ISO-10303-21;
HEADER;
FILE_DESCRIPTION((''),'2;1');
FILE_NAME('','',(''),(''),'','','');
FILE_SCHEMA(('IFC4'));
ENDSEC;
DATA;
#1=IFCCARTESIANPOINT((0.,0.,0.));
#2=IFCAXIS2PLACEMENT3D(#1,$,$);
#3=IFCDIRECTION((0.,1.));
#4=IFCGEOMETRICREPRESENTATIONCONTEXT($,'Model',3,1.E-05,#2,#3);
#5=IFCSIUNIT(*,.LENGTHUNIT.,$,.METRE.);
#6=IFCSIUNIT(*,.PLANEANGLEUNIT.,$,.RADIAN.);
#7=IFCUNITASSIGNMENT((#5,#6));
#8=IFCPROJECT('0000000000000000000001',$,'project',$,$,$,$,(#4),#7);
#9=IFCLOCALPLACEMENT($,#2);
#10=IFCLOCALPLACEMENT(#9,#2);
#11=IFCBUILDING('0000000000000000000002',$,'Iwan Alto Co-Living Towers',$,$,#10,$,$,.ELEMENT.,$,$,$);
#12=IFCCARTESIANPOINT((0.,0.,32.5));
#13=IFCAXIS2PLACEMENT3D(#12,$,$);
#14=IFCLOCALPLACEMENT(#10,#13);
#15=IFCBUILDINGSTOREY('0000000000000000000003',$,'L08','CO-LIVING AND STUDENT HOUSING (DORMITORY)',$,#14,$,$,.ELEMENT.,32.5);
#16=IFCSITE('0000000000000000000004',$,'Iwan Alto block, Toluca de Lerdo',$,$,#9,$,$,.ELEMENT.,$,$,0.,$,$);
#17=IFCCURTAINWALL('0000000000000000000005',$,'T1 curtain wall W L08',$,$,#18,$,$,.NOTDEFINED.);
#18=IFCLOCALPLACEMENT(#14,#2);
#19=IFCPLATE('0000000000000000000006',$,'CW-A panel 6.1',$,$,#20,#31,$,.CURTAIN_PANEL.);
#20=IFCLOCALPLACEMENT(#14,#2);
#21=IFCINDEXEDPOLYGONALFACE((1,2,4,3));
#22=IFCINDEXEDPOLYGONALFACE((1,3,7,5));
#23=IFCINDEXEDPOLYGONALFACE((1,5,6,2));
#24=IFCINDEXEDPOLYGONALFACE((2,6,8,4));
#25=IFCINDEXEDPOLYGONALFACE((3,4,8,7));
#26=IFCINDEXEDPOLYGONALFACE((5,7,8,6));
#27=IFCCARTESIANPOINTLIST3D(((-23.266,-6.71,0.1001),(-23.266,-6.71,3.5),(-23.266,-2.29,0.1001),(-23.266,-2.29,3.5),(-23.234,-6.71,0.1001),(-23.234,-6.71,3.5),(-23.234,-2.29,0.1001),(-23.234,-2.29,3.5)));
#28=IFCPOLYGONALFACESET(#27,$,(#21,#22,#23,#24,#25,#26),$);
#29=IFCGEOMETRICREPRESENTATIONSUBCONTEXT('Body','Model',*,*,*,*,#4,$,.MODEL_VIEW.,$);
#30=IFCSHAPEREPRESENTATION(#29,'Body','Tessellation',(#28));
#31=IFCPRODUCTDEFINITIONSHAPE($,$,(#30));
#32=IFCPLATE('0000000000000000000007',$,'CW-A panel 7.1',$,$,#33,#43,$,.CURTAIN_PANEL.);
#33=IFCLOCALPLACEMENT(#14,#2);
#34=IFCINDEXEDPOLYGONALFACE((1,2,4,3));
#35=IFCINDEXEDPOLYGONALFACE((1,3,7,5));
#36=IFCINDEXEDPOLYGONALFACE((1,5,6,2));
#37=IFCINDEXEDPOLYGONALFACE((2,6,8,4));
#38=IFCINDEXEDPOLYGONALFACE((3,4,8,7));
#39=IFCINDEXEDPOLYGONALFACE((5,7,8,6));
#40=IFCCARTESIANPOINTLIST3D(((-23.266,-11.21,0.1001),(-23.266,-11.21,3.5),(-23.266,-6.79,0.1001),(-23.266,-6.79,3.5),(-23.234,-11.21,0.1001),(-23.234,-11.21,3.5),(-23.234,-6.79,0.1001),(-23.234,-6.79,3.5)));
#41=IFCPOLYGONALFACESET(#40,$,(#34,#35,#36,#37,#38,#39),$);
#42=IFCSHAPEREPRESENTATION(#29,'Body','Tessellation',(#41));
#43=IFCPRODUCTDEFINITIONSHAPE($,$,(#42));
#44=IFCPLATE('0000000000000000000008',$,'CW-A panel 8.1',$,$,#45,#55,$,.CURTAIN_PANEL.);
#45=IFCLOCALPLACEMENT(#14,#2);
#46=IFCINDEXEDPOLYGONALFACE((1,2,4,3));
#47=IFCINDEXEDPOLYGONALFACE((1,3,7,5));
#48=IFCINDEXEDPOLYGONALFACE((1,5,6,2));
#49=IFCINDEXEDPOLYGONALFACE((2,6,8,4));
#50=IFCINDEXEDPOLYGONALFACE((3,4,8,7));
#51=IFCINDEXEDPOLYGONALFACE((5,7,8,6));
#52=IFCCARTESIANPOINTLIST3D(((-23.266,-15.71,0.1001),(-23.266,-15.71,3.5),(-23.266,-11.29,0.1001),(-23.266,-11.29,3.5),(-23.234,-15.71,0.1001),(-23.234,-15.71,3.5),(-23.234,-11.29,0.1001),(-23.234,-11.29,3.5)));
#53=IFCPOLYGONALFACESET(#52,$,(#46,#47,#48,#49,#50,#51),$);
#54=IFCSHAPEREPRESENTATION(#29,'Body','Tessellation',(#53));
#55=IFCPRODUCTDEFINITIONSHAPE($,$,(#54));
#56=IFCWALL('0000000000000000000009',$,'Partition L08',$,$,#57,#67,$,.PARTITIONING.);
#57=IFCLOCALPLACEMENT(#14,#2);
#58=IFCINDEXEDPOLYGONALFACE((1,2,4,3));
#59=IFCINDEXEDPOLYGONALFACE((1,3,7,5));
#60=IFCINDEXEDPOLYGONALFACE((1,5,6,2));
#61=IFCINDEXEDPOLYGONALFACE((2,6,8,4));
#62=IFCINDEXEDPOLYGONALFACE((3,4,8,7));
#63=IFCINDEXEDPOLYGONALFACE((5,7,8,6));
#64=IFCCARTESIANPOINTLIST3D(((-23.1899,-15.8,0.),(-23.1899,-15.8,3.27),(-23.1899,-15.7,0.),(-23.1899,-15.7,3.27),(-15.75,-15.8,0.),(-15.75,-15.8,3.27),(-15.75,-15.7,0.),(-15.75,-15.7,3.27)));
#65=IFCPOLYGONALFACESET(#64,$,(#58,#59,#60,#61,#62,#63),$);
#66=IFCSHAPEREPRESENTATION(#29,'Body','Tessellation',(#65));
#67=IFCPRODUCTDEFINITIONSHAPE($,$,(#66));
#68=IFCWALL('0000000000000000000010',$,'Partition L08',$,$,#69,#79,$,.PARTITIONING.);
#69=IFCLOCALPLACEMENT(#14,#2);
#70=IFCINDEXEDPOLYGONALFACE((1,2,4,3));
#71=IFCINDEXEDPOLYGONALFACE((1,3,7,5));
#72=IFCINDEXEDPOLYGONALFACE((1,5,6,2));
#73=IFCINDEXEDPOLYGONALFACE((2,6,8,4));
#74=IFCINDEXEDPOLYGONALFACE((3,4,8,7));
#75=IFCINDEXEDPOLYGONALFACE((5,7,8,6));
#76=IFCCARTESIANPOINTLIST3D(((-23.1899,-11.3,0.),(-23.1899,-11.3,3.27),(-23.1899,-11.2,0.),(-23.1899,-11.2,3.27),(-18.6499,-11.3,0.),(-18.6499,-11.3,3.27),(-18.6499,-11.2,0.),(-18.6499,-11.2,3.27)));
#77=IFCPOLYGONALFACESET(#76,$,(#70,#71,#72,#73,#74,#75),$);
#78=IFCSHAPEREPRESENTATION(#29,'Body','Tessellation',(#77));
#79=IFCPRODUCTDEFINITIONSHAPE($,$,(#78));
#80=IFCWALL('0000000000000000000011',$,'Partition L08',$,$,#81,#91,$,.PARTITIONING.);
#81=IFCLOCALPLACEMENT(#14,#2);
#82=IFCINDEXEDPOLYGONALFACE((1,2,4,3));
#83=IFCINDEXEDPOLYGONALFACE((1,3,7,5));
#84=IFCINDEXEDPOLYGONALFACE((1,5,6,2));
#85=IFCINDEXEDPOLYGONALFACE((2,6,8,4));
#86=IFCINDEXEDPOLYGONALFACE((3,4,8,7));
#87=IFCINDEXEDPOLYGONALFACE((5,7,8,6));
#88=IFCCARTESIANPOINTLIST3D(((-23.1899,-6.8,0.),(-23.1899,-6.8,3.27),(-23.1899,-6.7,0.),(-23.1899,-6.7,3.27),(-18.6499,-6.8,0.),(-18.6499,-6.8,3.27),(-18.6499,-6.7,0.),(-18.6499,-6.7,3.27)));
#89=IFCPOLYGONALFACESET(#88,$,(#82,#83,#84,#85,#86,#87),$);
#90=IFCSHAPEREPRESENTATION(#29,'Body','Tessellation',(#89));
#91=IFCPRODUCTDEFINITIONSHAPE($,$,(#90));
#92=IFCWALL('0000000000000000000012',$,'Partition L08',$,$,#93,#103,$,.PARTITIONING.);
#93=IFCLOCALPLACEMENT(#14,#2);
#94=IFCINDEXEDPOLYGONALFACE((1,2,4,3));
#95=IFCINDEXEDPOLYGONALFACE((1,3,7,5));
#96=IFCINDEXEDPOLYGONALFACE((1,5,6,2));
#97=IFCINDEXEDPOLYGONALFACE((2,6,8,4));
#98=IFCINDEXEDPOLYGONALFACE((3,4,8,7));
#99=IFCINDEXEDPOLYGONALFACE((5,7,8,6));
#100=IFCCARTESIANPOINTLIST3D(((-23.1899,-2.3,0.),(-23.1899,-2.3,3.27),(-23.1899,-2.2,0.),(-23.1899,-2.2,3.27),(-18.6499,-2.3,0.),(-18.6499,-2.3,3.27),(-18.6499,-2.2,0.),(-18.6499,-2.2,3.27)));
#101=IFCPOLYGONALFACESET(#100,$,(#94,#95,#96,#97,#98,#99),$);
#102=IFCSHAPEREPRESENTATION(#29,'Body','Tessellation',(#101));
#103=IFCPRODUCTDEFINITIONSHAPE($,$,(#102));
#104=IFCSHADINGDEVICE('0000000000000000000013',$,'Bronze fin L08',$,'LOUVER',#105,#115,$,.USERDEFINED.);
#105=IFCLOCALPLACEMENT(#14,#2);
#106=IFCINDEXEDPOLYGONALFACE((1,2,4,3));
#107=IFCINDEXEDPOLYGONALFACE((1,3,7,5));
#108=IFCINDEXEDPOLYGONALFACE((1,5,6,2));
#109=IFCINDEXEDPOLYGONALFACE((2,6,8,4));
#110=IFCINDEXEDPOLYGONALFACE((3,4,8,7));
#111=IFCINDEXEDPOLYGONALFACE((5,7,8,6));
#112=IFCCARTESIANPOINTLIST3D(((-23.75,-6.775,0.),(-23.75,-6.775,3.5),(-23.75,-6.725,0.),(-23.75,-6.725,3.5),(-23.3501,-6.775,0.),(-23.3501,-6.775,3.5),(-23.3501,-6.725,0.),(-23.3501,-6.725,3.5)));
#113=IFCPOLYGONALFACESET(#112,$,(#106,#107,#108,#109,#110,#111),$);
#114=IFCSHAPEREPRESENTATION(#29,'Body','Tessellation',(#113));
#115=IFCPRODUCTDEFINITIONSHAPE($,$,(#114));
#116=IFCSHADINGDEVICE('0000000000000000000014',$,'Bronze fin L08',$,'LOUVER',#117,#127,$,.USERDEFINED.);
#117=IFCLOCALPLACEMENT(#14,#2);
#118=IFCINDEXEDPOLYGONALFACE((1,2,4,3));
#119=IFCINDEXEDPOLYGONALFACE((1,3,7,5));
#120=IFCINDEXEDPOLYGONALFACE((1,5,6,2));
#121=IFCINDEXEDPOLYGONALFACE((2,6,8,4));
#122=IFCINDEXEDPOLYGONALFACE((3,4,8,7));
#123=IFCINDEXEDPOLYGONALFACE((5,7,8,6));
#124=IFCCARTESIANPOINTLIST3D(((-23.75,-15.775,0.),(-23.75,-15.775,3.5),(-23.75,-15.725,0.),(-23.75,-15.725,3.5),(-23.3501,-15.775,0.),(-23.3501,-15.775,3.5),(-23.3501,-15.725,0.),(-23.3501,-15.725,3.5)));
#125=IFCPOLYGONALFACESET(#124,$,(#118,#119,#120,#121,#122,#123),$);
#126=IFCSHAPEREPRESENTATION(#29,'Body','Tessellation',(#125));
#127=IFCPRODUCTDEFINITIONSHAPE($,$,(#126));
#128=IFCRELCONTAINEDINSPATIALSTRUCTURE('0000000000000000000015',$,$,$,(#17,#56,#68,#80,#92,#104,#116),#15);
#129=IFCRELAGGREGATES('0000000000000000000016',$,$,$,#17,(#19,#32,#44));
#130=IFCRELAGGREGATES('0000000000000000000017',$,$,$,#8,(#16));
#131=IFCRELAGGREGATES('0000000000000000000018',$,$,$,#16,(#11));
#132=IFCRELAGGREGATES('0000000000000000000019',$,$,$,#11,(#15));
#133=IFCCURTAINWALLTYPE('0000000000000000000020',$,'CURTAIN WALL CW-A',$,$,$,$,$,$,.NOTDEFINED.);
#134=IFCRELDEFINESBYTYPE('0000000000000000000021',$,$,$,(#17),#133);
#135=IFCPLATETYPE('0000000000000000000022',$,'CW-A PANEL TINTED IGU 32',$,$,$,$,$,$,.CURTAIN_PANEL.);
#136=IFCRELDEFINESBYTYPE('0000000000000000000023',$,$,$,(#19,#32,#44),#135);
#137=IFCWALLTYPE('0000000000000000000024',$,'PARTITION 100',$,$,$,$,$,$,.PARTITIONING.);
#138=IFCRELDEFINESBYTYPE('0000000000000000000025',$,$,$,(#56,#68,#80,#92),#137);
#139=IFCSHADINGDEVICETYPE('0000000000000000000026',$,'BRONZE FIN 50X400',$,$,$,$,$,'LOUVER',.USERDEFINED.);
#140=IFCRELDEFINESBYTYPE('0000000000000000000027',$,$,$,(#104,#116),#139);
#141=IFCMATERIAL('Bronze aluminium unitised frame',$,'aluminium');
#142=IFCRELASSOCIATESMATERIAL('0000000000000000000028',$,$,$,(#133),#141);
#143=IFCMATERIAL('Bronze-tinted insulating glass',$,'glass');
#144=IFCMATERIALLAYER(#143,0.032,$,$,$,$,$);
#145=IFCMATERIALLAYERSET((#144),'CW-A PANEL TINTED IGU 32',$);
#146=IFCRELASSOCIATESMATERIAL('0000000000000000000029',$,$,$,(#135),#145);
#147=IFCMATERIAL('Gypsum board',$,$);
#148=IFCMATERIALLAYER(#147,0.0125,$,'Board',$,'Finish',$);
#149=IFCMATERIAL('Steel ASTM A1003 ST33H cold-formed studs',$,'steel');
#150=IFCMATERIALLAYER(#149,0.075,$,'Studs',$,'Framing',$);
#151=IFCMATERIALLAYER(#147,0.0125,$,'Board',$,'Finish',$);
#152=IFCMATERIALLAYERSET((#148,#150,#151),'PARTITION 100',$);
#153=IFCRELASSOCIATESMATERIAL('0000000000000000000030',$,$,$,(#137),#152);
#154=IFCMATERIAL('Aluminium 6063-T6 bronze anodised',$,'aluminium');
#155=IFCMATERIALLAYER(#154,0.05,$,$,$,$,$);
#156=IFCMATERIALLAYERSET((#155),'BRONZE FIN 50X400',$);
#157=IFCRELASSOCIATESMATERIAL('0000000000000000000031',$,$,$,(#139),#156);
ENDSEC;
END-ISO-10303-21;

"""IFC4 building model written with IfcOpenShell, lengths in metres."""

from ifc_helpers import new_model, si_unit, direction, frame, frame_2d, origin, origin_2d, place, context, subcontext, project, spatial, rectangle, extrude, material, layer, layer_set, type_object, element, aggregate, save


model = new_model("IFC4")

# Units and contexts
model_context = context("Model", 3, precision=1e-05, world=origin(), true_north=direction((0.0, 1.0)))
body_context = subcontext(model_context, "Body", "Model", "MODEL_VIEW")
ifc_project = project(units=[si_unit("LENGTHUNIT", "METRE"), si_unit("PLANEANGLEUNIT", "RADIAN")], contexts=[model_context])

# Site, building, storey
site_placement = place(None, origin())
site = spatial("IfcSite", under=ifc_project, at=site_placement, Name="Iwan Alto block, Toluca de Lerdo", CompositionType="ELEMENT", RefElevation=0.0)
building_placement = place(site_placement, origin())
building = spatial("IfcBuilding", under=site, at=building_placement, Name="Iwan Alto Co-Living Towers", CompositionType="ELEMENT")
storey_placement = place(building_placement, frame((0.0, 0.0, 32.5)))
storey = spatial("IfcBuildingStorey", under=building, at=storey_placement, Name="L08", Description="CO-LIVING AND STUDENT HOUSING (DORMITORY)", CompositionType="ELEMENT", Elevation=32.5)

# Curtain wall
ifc_material_1 = material(Name="Bronze aluminium unitised frame", Category="aluminium")
curtain_wall_type = type_object("IfcCurtainWallType", Name="CURTAIN WALL CW-A", PredefinedType="NOTDEFINED", material=ifc_material_1)
curtain_wall_placement = place(storey_placement, origin())
curtain_wall = element("IfcCurtainWall", 1, at=curtain_wall_placement, inside=storey, type_object=curtain_wall_type, Name="T1 curtain wall W L08", PredefinedType="NOTDEFINED")

# Plates
ifc_material_2 = material(Name="Bronze-tinted insulating glass", Category="glass")
ifc_layer_1 = layer(ifc_material_2, 0.032)
ifc_layer_set_1 = layer_set([ifc_layer_1], Name="CW-A PANEL TINTED IGU 32")
plate_type = type_object("IfcPlateType", Name="CW-A PANEL TINTED IGU 32", PredefinedType="CURTAIN_PANEL", material=ifc_layer_set_1)
plate_1_placement = place(storey_placement, frame((-23.25, -4.5, 0.1001), z_axis=(0.0, 0.0, 1.0), x_axis=(0.0, -1.0, 0.0)))
plate_1 = element("IfcPlate", 2, at=plate_1_placement, type_object=plate_type, Name="CW-A panel 6.1", PredefinedType="CURTAIN_PANEL", context=body_context, shape_type="SweptSolid", body=[
    extrude(rectangle(XDim=4.4199, YDim=0.032, at=origin_2d()), origin(), (0.0, 0.0, 1.0), 3.3999),
])
plate_2_placement = place(storey_placement, frame((-23.25, -9.0, 0.1001), z_axis=(0.0, 0.0, 1.0), x_axis=(0.0, -1.0, 0.0)))
plate_2 = element("IfcPlate", 3, at=plate_2_placement, type_object=plate_type, Name="CW-A panel 7.1", PredefinedType="CURTAIN_PANEL", context=body_context, shape_type="SweptSolid", body=[
    extrude(rectangle(XDim=4.4199, YDim=0.032, at=origin_2d()), origin(), (0.0, 0.0, 1.0), 3.3999),
])
plate_3_placement = place(storey_placement, frame((-23.25, -13.5, 0.1001), z_axis=(0.0, 0.0, 1.0), x_axis=(0.0, -1.0, 0.0)))
plate_3 = element("IfcPlate", 4, at=plate_3_placement, type_object=plate_type, Name="CW-A panel 8.1", PredefinedType="CURTAIN_PANEL", context=body_context, shape_type="SweptSolid", body=[
    extrude(rectangle(XDim=4.4199, YDim=0.032, at=origin_2d()), origin(), (0.0, 0.0, 1.0), 3.3999),
])
aggregate(curtain_wall, [plate_1, plate_2, plate_3])

# Walls
ifc_material_3 = material(Name="Gypsum board")
ifc_layer_2 = layer(ifc_material_3, 0.0125, Name="Board", Category="Finish")
ifc_material_4 = material(Name="Steel ASTM A1003 ST33H cold-formed studs", Category="steel")
ifc_layer_3 = layer(ifc_material_4, 0.075, Name="Studs", Category="Framing")
ifc_layer_4 = layer(ifc_material_3, 0.0125, Name="Board", Category="Finish")
ifc_layer_set_2 = layer_set([ifc_layer_2, ifc_layer_3, ifc_layer_4], Name="PARTITION 100")
wall_type = type_object("IfcWallType", Name="PARTITION 100", PredefinedType="PARTITIONING", material=ifc_layer_set_2)
wall_placement = place(storey_placement, frame((-23.1899, -15.75, 0.0), z_axis=(0.0, 0.0, 1.0), x_axis=(1.0, 0.0, 0.0)))
element("IfcWall", 5, at=wall_placement, inside=storey, type_object=wall_type, Name="Partition L08", PredefinedType="PARTITIONING", context=body_context, shape_type="SweptSolid", body=[
    extrude(rectangle(XDim=7.4399, YDim=0.1001, at=frame_2d((3.72, 0.0))), origin(), (0.0, 0.0, 1.0), 3.27),
])
for number, where, z_axis, x_axis, name in (
    (6, (-23.1899, -11.25, 0.0), (0.0, 0.0, 1.0), (1.0, 0.0, 0.0), "Partition L08"),
    (7, (-23.1899, -6.75, 0.0), (0.0, 0.0, 1.0), (1.0, 0.0, 0.0), "Partition L08"),
    (8, (-23.1899, -2.25, 0.0), (0.0, 0.0, 1.0), (1.0, 0.0, 0.0), "Partition L08"),
):
    element("IfcWall", number, at=place(storey_placement, frame(where, z_axis=z_axis, x_axis=x_axis)), inside=storey, type_object=wall_type, Name=name, PredefinedType="PARTITIONING", context=body_context, shape_type="SweptSolid", body=[
        extrude(rectangle(XDim=4.54, YDim=0.1001, at=frame_2d((2.27, 0.0))), origin(), (0.0, 0.0, 1.0), 3.27),
    ])

# Shading devices
ifc_material_5 = material(Name="Aluminium 6063-T6 bronze anodised", Category="aluminium")
ifc_layer_5 = layer(ifc_material_5, 0.05)
ifc_layer_set_3 = layer_set([ifc_layer_5], Name="BRONZE FIN 50X400")
shading_device_type = type_object("IfcShadingDeviceType", Name="BRONZE FIN 50X400", ElementType="LOUVER", PredefinedType="USERDEFINED", material=ifc_layer_set_3)
for number, where, z_axis, x_axis, name in (
    (9, (-23.55, -6.75, 0.0), (0.0, 0.0, 1.0), (0.0, -1.0, 0.0), "Bronze fin L08"),
    (10, (-23.55, -15.75, 0.0), (0.0, 0.0, 1.0), (0.0, -1.0, 0.0), "Bronze fin L08"),
):
    element("IfcShadingDevice", number, at=place(storey_placement, frame(where, z_axis=z_axis, x_axis=x_axis)), inside=storey, type_object=shading_device_type, Name=name, ObjectType="LOUVER", PredefinedType="USERDEFINED", context=body_context, shape_type="SweptSolid", body=[
        extrude(rectangle(XDim=0.05, YDim=0.3999, at=origin_2d()), origin(), (0.0, 0.0, 1.0), 3.5),
    ])

save(model, "model.ifc")
